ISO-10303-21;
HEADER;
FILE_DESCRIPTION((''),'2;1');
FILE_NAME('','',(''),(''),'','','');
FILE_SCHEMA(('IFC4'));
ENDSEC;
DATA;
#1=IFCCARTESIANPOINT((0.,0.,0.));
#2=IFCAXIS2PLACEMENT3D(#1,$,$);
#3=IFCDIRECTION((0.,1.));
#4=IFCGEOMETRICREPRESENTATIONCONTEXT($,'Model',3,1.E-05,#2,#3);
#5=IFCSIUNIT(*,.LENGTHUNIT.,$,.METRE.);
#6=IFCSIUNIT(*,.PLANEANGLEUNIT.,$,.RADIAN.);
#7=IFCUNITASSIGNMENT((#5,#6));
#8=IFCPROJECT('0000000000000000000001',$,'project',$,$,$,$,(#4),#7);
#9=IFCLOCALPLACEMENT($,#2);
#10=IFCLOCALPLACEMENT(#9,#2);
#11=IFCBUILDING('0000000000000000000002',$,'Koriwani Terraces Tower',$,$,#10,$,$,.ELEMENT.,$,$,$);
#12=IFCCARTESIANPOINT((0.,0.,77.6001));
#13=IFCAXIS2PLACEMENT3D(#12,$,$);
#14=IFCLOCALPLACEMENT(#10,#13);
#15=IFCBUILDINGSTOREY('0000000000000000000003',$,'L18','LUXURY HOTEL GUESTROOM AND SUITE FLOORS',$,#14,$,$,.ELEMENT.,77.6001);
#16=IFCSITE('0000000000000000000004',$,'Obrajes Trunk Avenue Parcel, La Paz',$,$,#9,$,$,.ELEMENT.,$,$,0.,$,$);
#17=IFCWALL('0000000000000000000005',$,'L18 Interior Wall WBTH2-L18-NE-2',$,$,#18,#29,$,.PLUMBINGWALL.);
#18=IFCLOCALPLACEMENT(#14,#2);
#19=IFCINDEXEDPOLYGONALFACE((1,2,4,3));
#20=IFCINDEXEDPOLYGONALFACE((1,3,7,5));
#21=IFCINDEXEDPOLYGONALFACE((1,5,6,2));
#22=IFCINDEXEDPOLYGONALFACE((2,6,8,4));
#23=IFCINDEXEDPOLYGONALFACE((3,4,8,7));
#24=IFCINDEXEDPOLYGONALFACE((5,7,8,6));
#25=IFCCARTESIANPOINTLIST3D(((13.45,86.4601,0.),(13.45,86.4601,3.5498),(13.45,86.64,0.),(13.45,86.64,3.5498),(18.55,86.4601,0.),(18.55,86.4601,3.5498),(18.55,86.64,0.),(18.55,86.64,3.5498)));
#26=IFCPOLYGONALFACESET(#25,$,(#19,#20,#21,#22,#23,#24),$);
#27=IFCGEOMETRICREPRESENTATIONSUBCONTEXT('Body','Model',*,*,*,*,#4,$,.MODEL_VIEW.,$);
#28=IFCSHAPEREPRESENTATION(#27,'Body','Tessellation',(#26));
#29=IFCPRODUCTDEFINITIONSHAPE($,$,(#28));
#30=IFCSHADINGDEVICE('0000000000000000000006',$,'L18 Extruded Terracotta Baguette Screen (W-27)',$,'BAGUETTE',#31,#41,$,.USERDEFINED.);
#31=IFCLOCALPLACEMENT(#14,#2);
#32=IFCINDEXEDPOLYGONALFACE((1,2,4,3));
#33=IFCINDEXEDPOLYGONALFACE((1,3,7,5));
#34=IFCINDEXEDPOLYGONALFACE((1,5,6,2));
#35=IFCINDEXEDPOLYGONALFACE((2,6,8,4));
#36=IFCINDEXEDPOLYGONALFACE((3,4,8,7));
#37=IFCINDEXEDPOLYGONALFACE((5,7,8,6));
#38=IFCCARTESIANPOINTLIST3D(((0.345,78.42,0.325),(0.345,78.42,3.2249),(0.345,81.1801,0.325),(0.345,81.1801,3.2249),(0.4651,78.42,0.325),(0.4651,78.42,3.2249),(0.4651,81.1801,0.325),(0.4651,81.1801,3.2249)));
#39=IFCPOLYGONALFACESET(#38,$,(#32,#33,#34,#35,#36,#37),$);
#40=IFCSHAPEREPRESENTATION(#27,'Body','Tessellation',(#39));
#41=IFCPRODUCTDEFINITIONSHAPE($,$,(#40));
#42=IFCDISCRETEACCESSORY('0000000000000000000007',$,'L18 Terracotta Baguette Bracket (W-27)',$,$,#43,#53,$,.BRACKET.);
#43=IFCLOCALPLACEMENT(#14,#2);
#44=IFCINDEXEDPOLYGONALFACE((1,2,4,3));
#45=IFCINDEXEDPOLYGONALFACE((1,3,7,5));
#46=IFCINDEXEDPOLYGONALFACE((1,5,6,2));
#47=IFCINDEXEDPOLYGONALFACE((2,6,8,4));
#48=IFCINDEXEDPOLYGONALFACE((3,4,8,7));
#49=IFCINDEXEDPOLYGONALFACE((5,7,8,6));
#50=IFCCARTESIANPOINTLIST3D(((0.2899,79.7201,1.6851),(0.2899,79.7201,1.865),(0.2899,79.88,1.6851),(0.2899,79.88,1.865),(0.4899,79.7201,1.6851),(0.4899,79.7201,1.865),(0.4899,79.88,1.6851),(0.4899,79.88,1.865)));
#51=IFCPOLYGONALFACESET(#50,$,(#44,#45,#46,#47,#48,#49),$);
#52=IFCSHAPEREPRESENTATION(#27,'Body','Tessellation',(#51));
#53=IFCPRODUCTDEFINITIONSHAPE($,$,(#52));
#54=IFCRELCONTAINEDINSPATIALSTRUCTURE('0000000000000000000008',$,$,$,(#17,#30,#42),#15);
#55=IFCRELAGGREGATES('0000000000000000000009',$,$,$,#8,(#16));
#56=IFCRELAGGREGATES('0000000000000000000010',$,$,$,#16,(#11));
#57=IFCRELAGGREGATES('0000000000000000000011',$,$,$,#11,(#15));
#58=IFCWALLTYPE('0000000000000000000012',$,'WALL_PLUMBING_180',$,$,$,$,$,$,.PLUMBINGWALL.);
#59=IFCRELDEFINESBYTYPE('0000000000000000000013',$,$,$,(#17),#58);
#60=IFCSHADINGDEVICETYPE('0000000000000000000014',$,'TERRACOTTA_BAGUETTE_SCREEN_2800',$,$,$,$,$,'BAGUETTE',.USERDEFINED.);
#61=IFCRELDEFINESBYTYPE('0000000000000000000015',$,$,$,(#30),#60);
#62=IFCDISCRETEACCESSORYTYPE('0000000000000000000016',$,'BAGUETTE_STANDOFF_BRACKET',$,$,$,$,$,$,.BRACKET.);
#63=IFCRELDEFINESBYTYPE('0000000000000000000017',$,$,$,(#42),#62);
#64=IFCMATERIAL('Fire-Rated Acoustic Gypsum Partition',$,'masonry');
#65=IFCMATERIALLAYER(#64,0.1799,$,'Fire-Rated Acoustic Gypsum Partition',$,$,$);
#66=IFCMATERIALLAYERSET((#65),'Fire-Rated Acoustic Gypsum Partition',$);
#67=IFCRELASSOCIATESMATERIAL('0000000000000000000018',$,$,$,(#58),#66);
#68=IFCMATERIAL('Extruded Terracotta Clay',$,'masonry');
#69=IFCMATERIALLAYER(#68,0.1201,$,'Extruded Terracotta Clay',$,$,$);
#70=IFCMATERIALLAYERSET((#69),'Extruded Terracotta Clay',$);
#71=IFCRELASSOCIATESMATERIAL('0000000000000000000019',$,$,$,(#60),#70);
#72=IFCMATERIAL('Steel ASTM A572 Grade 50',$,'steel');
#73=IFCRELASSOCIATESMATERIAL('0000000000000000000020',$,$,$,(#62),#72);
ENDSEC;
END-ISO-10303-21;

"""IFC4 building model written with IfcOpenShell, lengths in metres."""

from ifc_helpers import new_model, si_unit, direction, frame, frame_2d, origin, origin_2d, place, context, subcontext, project, spatial, rectangle, extrude, material, layer, layer_set, type_object, element, save


model = new_model("IFC4")

# Units and contexts
model_context = context("Model", 3, precision=1e-05, world=origin(), true_north=direction((0.0, 1.0)))
body_context = subcontext(model_context, "Body", "Model", "MODEL_VIEW")
ifc_project = project(units=[si_unit("LENGTHUNIT", "METRE"), si_unit("PLANEANGLEUNIT", "RADIAN")], contexts=[model_context])

# Site, building, storey
site_placement = place(None, origin())
site = spatial("IfcSite", under=ifc_project, at=site_placement, Name="Obrajes Trunk Avenue Parcel, La Paz", CompositionType="ELEMENT", RefElevation=0.0)
building_placement = place(site_placement, origin())
building = spatial("IfcBuilding", under=site, at=building_placement, Name="Koriwani Terraces Tower", CompositionType="ELEMENT")
storey_placement = place(building_placement, frame((0.0, 0.0, 77.6001)))
storey = spatial("IfcBuildingStorey", under=building, at=storey_placement, Name="L18", Description="LUXURY HOTEL GUESTROOM AND SUITE FLOORS", CompositionType="ELEMENT", Elevation=77.6001)

# Shared definitions
ifc_material_1 = material(Name="Steel ASTM A572 Grade 50", Category="steel")

# Wall
ifc_material_2 = material(Name="Fire-Rated Acoustic Gypsum Partition", Category="masonry")
ifc_layer_1 = layer(ifc_material_2, 0.1799, Name="Fire-Rated Acoustic Gypsum Partition")
ifc_layer_set_1 = layer_set([ifc_layer_1], Name="Fire-Rated Acoustic Gypsum Partition")
wall_type_1 = type_object("IfcWallType", Name="WALL_PLUMBING_180", PredefinedType="PLUMBINGWALL", material=ifc_layer_set_1)
for number, where, z_axis, x_axis, name in (
    (1, (13.45, 86.55, 0.0), (0.0, 0.0, 1.0), (1.0, 0.0, 0.0), "L18 Interior Wall WBTH2-L18-NE-2"),
):
    element("IfcWall", number, at=place(storey_placement, frame(where, z_axis=z_axis, x_axis=x_axis)), inside=storey, type_object=wall_type_1, Name=name, PredefinedType="PLUMBINGWALL", context=body_context, shape_type="SweptSolid", body=[
        extrude(rectangle(XDim=5.1001, YDim=0.1799, at=frame_2d((2.55, 0.0))), origin(), (0.0, 0.0, 1.0), 3.5498),
    ])

# Shading device
ifc_material_3 = material(Name="Extruded Terracotta Clay", Category="masonry")
ifc_layer_2 = layer(ifc_material_3, 0.1201, Name="Extruded Terracotta Clay")
ifc_layer_set_2 = layer_set([ifc_layer_2], Name="Extruded Terracotta Clay")
shading_device_type = type_object("IfcShadingDeviceType", Name="TERRACOTTA_BAGUETTE_SCREEN_2800", ElementType="BAGUETTE", PredefinedType="USERDEFINED", material=ifc_layer_set_2)
shading_device_placement = place(storey_placement, frame((0.405, 79.8, 0.325), z_axis=(0.0, 0.0, 1.0), x_axis=(0.0, 1.0, 0.0)))
element("IfcShadingDevice", 2, at=shading_device_placement, inside=storey, type_object=shading_device_type, Name="L18 Extruded Terracotta Baguette Screen (W-27)", ObjectType="BAGUETTE", PredefinedType="USERDEFINED", context=body_context, shape_type="SweptSolid", body=[
    extrude(rectangle(XDim=2.76, YDim=0.1201, at=origin_2d()), origin(), (0.0, 0.0, 1.0), 2.8999),
])

# Discrete accessory
discrete_accessory_type = type_object("IfcDiscreteAccessoryType", Name="BAGUETTE_STANDOFF_BRACKET", PredefinedType="BRACKET", material=ifc_material_1)
discrete_accessory_placement = place(storey_placement, frame((0.3899, 79.8, 1.6851), z_axis=(0.0, 0.0, 1.0), x_axis=(0.0, 1.0, 0.0)))
element("IfcDiscreteAccessory", 3, at=discrete_accessory_placement, inside=storey, type_object=discrete_accessory_type, Name="L18 Terracotta Baguette Bracket (W-27)", PredefinedType="BRACKET", context=body_context, shape_type="SweptSolid", body=[
    extrude(rectangle(XDim=0.1599, YDim=0.2, at=origin_2d()), origin(), (0.0, 0.0, 1.0), 0.1799),
])

save(model, "model.ifc")
